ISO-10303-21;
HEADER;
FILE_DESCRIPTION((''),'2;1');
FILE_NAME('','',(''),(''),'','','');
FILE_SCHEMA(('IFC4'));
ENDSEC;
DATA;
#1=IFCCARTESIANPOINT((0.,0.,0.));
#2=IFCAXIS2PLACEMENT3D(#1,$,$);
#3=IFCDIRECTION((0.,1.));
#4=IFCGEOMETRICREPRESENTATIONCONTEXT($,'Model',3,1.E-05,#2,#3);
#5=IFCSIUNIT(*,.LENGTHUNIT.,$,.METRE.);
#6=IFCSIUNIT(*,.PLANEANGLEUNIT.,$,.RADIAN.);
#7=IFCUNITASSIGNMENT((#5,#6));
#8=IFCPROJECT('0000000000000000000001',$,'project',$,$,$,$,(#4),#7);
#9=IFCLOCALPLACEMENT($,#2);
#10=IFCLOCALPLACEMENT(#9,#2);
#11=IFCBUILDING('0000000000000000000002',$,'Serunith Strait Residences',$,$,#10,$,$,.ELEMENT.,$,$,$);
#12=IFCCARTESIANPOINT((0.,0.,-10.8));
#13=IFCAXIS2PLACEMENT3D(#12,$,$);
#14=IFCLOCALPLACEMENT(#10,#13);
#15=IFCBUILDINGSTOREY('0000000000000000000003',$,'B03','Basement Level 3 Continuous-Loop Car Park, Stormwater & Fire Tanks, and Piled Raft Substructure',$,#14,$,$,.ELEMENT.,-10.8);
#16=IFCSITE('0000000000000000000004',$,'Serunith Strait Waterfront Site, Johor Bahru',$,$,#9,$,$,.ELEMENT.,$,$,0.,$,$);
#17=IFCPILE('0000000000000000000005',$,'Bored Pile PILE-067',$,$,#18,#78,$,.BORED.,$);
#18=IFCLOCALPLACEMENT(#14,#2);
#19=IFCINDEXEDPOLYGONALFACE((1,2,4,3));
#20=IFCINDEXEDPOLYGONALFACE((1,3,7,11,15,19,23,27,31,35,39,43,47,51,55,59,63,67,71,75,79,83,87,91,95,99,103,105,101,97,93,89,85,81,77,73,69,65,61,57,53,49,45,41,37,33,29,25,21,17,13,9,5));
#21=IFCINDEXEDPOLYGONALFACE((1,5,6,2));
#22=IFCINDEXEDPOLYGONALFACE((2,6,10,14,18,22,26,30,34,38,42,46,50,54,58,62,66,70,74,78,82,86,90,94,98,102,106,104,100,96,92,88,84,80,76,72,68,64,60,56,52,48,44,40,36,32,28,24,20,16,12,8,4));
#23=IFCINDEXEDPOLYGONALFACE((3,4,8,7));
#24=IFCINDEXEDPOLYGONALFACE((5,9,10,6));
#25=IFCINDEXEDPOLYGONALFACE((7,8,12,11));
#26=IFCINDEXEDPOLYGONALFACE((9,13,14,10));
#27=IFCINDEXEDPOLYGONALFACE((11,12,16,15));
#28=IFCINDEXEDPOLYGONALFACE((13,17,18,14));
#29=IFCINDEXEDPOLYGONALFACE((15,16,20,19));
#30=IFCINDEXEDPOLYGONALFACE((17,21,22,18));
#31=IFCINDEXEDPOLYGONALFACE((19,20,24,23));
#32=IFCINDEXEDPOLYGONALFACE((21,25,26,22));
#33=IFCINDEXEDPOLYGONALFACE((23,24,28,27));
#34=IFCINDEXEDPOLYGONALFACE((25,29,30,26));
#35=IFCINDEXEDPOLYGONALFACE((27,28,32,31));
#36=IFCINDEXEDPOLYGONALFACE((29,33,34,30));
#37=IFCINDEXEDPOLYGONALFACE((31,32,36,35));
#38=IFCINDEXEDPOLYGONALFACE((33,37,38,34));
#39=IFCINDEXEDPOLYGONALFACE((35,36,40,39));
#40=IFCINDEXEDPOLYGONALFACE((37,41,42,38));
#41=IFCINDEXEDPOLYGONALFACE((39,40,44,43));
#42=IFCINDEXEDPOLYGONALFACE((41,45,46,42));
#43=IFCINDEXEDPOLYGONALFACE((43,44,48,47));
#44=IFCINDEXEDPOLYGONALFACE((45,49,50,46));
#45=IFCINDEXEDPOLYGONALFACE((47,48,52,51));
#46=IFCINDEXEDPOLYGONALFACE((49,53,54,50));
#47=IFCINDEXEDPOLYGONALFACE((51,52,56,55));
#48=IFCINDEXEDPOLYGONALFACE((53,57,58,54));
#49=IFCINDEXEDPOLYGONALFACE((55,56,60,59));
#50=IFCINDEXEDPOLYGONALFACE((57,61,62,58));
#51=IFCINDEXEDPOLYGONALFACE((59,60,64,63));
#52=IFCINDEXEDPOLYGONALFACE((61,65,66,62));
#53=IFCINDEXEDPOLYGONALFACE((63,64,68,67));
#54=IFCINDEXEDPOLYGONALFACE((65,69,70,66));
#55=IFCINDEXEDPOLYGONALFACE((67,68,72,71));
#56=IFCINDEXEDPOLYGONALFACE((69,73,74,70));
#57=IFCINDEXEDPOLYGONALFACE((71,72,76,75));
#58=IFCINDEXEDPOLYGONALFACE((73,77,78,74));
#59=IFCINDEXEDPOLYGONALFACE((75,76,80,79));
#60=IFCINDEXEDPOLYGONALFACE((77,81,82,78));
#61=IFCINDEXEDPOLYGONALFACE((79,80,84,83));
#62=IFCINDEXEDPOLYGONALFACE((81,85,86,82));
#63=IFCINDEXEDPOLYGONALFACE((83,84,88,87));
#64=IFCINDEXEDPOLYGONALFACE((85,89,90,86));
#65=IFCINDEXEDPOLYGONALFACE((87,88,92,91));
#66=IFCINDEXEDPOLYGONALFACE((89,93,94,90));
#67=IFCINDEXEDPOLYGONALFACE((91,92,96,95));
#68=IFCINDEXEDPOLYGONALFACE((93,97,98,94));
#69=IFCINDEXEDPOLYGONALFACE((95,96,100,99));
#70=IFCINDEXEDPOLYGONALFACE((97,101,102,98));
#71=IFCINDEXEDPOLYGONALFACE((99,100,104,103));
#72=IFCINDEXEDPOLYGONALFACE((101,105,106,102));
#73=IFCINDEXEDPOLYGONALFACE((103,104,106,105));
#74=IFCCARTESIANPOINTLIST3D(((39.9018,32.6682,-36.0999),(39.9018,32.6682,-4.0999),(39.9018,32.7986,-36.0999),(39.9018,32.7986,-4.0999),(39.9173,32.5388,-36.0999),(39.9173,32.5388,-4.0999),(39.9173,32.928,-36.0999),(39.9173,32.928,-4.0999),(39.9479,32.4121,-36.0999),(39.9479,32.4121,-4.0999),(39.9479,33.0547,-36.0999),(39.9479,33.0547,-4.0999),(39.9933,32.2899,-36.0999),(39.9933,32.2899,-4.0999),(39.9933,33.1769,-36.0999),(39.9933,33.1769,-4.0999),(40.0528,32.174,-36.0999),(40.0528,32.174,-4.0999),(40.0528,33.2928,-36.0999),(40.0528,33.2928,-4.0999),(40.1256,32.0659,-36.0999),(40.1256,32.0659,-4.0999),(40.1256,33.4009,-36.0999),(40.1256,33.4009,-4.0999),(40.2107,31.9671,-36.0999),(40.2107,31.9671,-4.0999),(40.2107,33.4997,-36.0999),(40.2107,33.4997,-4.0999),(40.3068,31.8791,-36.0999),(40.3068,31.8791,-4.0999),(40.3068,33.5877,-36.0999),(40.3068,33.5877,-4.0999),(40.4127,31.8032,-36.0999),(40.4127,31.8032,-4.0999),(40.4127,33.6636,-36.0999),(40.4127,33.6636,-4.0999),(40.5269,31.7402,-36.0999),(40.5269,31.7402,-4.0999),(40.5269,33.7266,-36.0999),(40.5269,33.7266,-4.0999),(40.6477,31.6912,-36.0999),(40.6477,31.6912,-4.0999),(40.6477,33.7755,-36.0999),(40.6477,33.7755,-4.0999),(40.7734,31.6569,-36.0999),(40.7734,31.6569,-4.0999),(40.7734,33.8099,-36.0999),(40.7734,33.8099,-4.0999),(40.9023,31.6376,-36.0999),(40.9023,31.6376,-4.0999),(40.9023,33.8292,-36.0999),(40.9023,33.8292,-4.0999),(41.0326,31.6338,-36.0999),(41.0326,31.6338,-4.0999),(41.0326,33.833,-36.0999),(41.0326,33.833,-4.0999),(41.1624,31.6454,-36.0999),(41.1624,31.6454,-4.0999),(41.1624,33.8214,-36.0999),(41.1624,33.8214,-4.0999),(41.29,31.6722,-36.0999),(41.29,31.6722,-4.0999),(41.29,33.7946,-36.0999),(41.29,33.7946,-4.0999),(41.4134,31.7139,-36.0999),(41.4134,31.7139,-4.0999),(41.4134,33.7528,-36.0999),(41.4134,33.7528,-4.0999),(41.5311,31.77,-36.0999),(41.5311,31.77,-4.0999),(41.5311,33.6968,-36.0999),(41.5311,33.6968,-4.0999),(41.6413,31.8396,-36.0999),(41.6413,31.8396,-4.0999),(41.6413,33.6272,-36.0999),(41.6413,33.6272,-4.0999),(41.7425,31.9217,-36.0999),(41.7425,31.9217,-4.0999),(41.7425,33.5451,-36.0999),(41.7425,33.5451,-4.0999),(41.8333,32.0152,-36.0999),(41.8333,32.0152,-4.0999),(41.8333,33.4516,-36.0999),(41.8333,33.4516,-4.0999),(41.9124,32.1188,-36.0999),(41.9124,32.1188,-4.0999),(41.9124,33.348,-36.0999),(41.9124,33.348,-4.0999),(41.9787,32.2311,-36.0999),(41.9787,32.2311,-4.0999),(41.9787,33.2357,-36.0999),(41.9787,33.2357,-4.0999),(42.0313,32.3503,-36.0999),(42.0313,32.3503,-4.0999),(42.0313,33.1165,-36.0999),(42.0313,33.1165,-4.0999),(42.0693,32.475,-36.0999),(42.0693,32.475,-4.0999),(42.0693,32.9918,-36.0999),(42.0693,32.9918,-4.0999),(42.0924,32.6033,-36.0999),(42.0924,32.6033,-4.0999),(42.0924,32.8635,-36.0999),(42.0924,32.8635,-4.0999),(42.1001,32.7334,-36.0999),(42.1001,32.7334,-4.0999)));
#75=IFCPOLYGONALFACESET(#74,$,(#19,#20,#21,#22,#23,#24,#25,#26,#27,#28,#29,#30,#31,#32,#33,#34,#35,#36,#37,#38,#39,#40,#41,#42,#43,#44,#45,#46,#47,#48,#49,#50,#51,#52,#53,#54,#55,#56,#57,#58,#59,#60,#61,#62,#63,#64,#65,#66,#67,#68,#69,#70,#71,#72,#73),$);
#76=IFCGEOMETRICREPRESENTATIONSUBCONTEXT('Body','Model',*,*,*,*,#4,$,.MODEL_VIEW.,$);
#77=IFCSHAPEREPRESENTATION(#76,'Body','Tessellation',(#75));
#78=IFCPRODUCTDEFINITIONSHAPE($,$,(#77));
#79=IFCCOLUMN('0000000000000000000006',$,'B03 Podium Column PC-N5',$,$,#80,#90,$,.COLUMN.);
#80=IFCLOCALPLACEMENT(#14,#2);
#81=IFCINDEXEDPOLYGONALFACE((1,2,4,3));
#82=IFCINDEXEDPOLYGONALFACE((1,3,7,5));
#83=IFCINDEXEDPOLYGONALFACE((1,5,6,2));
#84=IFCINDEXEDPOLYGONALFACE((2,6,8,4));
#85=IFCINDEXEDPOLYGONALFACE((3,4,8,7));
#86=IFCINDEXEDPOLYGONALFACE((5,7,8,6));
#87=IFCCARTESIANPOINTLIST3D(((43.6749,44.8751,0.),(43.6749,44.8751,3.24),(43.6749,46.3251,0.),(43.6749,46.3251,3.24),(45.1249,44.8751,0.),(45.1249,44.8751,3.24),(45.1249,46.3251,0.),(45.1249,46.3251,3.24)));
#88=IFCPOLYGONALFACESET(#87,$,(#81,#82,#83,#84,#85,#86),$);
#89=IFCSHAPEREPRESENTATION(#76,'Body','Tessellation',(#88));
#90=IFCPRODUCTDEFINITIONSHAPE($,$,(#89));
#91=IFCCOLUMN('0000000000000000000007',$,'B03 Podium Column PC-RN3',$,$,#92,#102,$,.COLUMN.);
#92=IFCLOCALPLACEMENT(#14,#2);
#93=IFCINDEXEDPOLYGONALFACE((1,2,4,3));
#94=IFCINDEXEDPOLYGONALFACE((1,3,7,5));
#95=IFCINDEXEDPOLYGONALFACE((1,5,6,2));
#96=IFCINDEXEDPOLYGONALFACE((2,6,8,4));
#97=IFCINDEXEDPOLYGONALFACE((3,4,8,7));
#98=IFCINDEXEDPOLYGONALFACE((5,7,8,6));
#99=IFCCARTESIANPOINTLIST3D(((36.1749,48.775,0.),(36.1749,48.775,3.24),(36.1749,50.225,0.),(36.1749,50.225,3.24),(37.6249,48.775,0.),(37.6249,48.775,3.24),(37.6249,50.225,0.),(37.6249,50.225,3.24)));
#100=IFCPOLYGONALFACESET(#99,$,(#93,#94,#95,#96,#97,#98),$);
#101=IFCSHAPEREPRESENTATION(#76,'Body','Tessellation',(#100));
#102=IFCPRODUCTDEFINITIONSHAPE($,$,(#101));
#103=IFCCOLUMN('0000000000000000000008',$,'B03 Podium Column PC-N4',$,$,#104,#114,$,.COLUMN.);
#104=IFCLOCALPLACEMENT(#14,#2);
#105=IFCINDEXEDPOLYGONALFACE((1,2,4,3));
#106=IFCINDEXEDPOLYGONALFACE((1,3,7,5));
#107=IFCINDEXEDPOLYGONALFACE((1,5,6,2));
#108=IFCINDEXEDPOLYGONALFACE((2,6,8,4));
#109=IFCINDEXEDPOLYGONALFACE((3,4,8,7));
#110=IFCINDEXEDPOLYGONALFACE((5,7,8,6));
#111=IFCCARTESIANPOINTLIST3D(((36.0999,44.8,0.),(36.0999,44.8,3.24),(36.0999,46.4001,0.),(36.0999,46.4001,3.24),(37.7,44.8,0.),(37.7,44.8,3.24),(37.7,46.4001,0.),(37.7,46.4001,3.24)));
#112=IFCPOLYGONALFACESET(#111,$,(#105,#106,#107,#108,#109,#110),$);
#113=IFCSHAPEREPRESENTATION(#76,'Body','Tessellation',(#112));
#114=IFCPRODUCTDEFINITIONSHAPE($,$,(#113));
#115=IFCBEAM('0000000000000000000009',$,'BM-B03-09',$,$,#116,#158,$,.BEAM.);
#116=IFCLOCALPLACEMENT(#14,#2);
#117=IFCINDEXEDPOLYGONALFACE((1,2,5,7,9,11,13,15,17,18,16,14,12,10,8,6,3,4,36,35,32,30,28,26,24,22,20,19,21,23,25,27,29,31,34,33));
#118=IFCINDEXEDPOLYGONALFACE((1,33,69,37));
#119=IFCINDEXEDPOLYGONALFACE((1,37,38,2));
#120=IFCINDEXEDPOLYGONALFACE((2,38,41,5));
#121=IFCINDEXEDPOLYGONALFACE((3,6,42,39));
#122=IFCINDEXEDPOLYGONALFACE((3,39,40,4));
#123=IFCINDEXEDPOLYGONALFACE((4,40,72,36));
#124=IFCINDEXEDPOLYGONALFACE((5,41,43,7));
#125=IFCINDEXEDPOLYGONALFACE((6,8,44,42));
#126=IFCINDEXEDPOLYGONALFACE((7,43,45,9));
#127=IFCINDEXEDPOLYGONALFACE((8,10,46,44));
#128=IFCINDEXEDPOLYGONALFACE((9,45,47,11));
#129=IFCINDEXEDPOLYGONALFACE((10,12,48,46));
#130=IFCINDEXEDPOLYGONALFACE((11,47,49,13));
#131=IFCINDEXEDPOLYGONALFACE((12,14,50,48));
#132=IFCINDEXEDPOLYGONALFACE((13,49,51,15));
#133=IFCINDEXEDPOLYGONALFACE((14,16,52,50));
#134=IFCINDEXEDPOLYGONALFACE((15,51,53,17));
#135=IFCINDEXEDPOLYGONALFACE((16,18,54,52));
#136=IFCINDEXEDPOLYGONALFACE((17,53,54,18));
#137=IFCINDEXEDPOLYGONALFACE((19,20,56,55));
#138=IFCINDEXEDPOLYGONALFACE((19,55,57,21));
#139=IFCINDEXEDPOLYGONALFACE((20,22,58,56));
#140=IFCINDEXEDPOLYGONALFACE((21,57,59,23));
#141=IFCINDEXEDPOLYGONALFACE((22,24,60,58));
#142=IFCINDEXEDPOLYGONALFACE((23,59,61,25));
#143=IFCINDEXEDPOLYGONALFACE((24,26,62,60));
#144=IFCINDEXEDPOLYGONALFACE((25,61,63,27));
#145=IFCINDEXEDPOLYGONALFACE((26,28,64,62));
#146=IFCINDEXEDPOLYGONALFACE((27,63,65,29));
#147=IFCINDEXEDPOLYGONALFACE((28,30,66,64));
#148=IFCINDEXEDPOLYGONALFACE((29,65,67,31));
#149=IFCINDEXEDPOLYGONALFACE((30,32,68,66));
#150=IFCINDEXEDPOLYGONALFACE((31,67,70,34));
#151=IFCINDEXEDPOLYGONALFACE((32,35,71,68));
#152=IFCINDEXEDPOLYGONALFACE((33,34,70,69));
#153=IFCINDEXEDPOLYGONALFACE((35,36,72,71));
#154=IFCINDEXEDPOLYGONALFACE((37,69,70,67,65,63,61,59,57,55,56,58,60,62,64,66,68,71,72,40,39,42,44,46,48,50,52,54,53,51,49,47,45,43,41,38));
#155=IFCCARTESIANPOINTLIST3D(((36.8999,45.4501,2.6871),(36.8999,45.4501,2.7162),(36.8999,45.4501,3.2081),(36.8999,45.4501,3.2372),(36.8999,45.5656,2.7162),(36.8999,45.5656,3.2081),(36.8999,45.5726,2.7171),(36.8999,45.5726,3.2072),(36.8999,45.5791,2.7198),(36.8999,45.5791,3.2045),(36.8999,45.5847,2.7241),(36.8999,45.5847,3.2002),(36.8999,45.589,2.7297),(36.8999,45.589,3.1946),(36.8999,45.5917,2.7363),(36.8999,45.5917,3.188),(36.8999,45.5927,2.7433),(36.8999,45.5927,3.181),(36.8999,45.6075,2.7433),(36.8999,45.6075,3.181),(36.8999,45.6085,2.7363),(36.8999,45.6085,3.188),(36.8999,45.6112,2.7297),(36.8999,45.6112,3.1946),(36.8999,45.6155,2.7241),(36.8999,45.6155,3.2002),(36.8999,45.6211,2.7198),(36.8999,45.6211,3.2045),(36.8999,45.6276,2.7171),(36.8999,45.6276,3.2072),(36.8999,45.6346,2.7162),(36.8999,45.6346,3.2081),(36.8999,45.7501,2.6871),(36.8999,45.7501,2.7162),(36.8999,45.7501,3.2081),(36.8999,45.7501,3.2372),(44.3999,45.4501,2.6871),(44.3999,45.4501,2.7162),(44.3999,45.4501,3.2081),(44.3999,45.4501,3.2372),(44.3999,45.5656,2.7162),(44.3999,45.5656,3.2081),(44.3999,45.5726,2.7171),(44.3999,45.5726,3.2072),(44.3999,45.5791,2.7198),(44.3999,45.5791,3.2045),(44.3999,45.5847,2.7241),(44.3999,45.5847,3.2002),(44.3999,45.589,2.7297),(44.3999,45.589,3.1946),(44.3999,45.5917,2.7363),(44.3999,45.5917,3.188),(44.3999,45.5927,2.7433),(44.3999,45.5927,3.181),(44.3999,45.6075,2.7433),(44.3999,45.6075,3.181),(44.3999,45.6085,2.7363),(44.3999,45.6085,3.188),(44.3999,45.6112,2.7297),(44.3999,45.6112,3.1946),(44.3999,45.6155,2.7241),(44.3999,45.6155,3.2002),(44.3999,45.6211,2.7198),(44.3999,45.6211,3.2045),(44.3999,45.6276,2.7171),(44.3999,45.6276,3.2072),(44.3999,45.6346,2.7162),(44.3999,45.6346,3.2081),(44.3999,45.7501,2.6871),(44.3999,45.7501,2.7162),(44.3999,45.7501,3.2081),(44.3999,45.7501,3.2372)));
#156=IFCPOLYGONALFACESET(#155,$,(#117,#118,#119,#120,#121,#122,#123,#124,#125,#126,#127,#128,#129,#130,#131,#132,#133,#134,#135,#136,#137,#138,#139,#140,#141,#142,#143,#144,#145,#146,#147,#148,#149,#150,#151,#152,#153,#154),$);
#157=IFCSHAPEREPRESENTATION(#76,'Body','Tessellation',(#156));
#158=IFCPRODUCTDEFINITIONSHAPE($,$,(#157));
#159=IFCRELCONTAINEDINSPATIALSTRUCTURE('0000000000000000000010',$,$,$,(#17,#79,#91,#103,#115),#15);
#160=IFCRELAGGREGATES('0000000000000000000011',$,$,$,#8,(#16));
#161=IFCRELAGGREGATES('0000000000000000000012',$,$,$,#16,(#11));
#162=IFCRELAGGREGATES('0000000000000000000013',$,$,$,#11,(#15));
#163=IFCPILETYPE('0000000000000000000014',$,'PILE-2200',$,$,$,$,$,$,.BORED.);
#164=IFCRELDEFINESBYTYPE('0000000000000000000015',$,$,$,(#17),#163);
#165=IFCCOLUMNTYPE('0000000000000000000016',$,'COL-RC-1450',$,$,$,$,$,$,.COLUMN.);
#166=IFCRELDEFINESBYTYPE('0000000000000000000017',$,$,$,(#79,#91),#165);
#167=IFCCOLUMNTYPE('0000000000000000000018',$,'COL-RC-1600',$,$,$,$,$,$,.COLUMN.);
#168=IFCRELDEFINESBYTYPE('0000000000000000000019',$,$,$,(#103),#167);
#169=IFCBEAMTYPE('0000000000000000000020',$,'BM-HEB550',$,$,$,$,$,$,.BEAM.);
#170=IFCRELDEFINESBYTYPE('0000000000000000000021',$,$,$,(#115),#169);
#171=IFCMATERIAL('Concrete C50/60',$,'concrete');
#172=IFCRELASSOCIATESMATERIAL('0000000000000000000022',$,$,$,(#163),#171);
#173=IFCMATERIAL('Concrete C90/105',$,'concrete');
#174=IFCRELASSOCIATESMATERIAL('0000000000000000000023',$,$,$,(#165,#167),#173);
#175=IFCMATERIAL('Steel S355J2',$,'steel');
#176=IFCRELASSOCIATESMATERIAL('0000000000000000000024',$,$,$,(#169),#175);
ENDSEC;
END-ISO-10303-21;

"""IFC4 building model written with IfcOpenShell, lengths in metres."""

from ifc_helpers import new_model, si_unit, direction, frame, origin, origin_2d, place, context, subcontext, project, spatial, rectangle, circle, i_section, extrude, source, transform, mapped, material, material_profile, profile_set, type_object, element, save


model = new_model("IFC4")

# Units and contexts
model_context = context("Model", 3, precision=1e-05, world=origin(), true_north=direction((0.0, 1.0)))
body_context = subcontext(model_context, "Body", "Model", "MODEL_VIEW")
ifc_project = project(units=[si_unit("LENGTHUNIT", "METRE"), si_unit("PLANEANGLEUNIT", "RADIAN")], contexts=[model_context])

# Site, building, storey
site_placement = place(None, origin())
site = spatial("IfcSite", under=ifc_project, at=site_placement, Name="Serunith Strait Waterfront Site, Johor Bahru", CompositionType="ELEMENT", RefElevation=0.0)
building_placement = place(site_placement, origin())
building = spatial("IfcBuilding", under=site, at=building_placement, Name="Serunith Strait Residences", CompositionType="ELEMENT")
storey_placement = place(building_placement, frame((0.0, 0.0, -10.8)))
storey = spatial("IfcBuildingStorey", under=building, at=storey_placement, Name="B03", Description="Basement Level 3 Continuous-Loop Car Park, Stormwater & Fire Tanks, and Piled Raft Substructure", CompositionType="ELEMENT", Elevation=-10.8)

# Pile
ifc_material_1 = material(Name="Concrete C50/60", Category="concrete")
ifc_material_profile_1 = material_profile(ifc_material_1, circle(Radius=1.1001, at=origin_2d()), Name="PILE D2200")
ifc_profile_set_1 = profile_set([ifc_material_profile_1], Name="Concrete C50/60")
pile_type_1 = type_object("IfcPileType", Name="PILE-2200", PredefinedType="BORED", material=ifc_profile_set_1)
shared_shape_1 = source(origin(), body_context, "Body", "SweptSolid", [
    extrude(circle(Radius=1.1001, at=origin_2d()), origin(), (0.0, 0.0, 1.0), 32.0),
])
for number, where, z_axis, x_axis, name in (
    (1, (41.0, 32.7334, -4.0999), (0.0, 0.0, -1.0), (1.0, 0.0, 0.0), "Bored Pile PILE-067"),
):
    element("IfcPile", number, at=place(storey_placement, frame(where, z_axis=z_axis, x_axis=x_axis)), inside=storey, type_object=pile_type_1, Name=name, PredefinedType="BORED", context=body_context, shape_type="MappedRepresentation", body=[
        mapped(shared_shape_1, transform((0.0, 0.0, 0.0), scale=1.0)),
    ])

# Columns
ifc_material_2 = material(Name="Concrete C90/105", Category="concrete")
ifc_material_profile_2 = material_profile(ifc_material_2, rectangle(XDim=1.45, YDim=1.45, at=origin_2d()), Name="RC 1450x1450")
ifc_profile_set_2 = profile_set([ifc_material_profile_2], Name="Concrete C90/105")
column_type_1 = type_object("IfcColumnType", Name="COL-RC-1450", PredefinedType="COLUMN", material=ifc_profile_set_2)
shared_shape_2 = source(origin(), body_context, "Body", "SweptSolid", [
    extrude(rectangle(XDim=1.45, YDim=1.45, at=origin_2d()), origin(), (0.0, 0.0, 1.0), 3.24),
])
for number, where, z_axis, x_axis, name in (
    (2, (44.3999, 45.6001, 0.0), (0.0, 0.0, 1.0), (1.0, 0.0, 0.0), "B03 Podium Column PC-N5"),
    (3, (36.8999, 49.5, 0.0), (0.0, 0.0, 1.0), (1.0, 0.0, 0.0), "B03 Podium Column PC-RN3"),
):
    element("IfcColumn", number, at=place(storey_placement, frame(where, z_axis=z_axis, x_axis=x_axis)), inside=storey, type_object=column_type_1, Name=name, PredefinedType="COLUMN", context=body_context, shape_type="MappedRepresentation", body=[
        mapped(shared_shape_2, transform((0.0, 0.0, 0.0), scale=1.0)),
    ])
ifc_material_profile_3 = material_profile(ifc_material_2, rectangle(XDim=1.6001, YDim=1.6001, at=origin_2d()), Name="RC 1600x1600")
ifc_profile_set_3 = profile_set([ifc_material_profile_3], Name="Concrete C90/105")
column_type_2 = type_object("IfcColumnType", Name="COL-RC-1600", PredefinedType="COLUMN", material=ifc_profile_set_3)
shared_shape_3 = source(origin(), body_context, "Body", "SweptSolid", [
    extrude(rectangle(XDim=1.6001, YDim=1.6001, at=origin_2d()), origin(), (0.0, 0.0, 1.0), 3.24),
])
column_placement = place(storey_placement, frame((36.8999, 45.6001, 0.0), z_axis=(0.0, 0.0, 1.0), x_axis=(1.0, 0.0, 0.0)))
element("IfcColumn", 4, at=column_placement, inside=storey, type_object=column_type_2, Name="B03 Podium Column PC-N4", PredefinedType="COLUMN", context=body_context, shape_type="MappedRepresentation", body=[
    mapped(shared_shape_3, transform((0.0, 0.0, 0.0), scale=1.0)),
])

# Beam
ifc_material_3 = material(Name="Steel S355J2", Category="steel")
ifc_material_profile_4 = material_profile(ifc_material_3, i_section(OverallWidth=0.3, OverallDepth=0.55, WebThickness=0.0149, FlangeThickness=0.0291, FilletRadius=0.0271, at=origin_2d()), Name="HEB 550")
ifc_profile_set_4 = profile_set([ifc_material_profile_4], Name="Steel S355J2")
beam_type_1 = type_object("IfcBeamType", Name="BM-HEB550", PredefinedType="BEAM", material=ifc_profile_set_4)
shared_shape_4 = source(origin(), body_context, "Body", "SweptSolid", [
    extrude(i_section(OverallWidth=0.3, OverallDepth=0.55, WebThickness=0.0149, FlangeThickness=0.0291, FilletRadius=0.0271, at=origin_2d()), origin(), (0.0, 0.0, 1.0), 7.5),
])
beam_1_placement = place(storey_placement, frame((36.8999, 45.6001, 2.9622), z_axis=(1.0, 0.0, 0.0), x_axis=(0.0, 1.0, 0.0)))
element("IfcBeam", 5, at=beam_1_placement, inside=storey, type_object=beam_type_1, Name="BM-B03-09", PredefinedType="BEAM", context=body_context, shape_type="MappedRepresentation", body=[
    mapped(shared_shape_4, transform((0.0, 0.0, 0.0), scale=1.0)),
])

save(model, "model.ifc")
